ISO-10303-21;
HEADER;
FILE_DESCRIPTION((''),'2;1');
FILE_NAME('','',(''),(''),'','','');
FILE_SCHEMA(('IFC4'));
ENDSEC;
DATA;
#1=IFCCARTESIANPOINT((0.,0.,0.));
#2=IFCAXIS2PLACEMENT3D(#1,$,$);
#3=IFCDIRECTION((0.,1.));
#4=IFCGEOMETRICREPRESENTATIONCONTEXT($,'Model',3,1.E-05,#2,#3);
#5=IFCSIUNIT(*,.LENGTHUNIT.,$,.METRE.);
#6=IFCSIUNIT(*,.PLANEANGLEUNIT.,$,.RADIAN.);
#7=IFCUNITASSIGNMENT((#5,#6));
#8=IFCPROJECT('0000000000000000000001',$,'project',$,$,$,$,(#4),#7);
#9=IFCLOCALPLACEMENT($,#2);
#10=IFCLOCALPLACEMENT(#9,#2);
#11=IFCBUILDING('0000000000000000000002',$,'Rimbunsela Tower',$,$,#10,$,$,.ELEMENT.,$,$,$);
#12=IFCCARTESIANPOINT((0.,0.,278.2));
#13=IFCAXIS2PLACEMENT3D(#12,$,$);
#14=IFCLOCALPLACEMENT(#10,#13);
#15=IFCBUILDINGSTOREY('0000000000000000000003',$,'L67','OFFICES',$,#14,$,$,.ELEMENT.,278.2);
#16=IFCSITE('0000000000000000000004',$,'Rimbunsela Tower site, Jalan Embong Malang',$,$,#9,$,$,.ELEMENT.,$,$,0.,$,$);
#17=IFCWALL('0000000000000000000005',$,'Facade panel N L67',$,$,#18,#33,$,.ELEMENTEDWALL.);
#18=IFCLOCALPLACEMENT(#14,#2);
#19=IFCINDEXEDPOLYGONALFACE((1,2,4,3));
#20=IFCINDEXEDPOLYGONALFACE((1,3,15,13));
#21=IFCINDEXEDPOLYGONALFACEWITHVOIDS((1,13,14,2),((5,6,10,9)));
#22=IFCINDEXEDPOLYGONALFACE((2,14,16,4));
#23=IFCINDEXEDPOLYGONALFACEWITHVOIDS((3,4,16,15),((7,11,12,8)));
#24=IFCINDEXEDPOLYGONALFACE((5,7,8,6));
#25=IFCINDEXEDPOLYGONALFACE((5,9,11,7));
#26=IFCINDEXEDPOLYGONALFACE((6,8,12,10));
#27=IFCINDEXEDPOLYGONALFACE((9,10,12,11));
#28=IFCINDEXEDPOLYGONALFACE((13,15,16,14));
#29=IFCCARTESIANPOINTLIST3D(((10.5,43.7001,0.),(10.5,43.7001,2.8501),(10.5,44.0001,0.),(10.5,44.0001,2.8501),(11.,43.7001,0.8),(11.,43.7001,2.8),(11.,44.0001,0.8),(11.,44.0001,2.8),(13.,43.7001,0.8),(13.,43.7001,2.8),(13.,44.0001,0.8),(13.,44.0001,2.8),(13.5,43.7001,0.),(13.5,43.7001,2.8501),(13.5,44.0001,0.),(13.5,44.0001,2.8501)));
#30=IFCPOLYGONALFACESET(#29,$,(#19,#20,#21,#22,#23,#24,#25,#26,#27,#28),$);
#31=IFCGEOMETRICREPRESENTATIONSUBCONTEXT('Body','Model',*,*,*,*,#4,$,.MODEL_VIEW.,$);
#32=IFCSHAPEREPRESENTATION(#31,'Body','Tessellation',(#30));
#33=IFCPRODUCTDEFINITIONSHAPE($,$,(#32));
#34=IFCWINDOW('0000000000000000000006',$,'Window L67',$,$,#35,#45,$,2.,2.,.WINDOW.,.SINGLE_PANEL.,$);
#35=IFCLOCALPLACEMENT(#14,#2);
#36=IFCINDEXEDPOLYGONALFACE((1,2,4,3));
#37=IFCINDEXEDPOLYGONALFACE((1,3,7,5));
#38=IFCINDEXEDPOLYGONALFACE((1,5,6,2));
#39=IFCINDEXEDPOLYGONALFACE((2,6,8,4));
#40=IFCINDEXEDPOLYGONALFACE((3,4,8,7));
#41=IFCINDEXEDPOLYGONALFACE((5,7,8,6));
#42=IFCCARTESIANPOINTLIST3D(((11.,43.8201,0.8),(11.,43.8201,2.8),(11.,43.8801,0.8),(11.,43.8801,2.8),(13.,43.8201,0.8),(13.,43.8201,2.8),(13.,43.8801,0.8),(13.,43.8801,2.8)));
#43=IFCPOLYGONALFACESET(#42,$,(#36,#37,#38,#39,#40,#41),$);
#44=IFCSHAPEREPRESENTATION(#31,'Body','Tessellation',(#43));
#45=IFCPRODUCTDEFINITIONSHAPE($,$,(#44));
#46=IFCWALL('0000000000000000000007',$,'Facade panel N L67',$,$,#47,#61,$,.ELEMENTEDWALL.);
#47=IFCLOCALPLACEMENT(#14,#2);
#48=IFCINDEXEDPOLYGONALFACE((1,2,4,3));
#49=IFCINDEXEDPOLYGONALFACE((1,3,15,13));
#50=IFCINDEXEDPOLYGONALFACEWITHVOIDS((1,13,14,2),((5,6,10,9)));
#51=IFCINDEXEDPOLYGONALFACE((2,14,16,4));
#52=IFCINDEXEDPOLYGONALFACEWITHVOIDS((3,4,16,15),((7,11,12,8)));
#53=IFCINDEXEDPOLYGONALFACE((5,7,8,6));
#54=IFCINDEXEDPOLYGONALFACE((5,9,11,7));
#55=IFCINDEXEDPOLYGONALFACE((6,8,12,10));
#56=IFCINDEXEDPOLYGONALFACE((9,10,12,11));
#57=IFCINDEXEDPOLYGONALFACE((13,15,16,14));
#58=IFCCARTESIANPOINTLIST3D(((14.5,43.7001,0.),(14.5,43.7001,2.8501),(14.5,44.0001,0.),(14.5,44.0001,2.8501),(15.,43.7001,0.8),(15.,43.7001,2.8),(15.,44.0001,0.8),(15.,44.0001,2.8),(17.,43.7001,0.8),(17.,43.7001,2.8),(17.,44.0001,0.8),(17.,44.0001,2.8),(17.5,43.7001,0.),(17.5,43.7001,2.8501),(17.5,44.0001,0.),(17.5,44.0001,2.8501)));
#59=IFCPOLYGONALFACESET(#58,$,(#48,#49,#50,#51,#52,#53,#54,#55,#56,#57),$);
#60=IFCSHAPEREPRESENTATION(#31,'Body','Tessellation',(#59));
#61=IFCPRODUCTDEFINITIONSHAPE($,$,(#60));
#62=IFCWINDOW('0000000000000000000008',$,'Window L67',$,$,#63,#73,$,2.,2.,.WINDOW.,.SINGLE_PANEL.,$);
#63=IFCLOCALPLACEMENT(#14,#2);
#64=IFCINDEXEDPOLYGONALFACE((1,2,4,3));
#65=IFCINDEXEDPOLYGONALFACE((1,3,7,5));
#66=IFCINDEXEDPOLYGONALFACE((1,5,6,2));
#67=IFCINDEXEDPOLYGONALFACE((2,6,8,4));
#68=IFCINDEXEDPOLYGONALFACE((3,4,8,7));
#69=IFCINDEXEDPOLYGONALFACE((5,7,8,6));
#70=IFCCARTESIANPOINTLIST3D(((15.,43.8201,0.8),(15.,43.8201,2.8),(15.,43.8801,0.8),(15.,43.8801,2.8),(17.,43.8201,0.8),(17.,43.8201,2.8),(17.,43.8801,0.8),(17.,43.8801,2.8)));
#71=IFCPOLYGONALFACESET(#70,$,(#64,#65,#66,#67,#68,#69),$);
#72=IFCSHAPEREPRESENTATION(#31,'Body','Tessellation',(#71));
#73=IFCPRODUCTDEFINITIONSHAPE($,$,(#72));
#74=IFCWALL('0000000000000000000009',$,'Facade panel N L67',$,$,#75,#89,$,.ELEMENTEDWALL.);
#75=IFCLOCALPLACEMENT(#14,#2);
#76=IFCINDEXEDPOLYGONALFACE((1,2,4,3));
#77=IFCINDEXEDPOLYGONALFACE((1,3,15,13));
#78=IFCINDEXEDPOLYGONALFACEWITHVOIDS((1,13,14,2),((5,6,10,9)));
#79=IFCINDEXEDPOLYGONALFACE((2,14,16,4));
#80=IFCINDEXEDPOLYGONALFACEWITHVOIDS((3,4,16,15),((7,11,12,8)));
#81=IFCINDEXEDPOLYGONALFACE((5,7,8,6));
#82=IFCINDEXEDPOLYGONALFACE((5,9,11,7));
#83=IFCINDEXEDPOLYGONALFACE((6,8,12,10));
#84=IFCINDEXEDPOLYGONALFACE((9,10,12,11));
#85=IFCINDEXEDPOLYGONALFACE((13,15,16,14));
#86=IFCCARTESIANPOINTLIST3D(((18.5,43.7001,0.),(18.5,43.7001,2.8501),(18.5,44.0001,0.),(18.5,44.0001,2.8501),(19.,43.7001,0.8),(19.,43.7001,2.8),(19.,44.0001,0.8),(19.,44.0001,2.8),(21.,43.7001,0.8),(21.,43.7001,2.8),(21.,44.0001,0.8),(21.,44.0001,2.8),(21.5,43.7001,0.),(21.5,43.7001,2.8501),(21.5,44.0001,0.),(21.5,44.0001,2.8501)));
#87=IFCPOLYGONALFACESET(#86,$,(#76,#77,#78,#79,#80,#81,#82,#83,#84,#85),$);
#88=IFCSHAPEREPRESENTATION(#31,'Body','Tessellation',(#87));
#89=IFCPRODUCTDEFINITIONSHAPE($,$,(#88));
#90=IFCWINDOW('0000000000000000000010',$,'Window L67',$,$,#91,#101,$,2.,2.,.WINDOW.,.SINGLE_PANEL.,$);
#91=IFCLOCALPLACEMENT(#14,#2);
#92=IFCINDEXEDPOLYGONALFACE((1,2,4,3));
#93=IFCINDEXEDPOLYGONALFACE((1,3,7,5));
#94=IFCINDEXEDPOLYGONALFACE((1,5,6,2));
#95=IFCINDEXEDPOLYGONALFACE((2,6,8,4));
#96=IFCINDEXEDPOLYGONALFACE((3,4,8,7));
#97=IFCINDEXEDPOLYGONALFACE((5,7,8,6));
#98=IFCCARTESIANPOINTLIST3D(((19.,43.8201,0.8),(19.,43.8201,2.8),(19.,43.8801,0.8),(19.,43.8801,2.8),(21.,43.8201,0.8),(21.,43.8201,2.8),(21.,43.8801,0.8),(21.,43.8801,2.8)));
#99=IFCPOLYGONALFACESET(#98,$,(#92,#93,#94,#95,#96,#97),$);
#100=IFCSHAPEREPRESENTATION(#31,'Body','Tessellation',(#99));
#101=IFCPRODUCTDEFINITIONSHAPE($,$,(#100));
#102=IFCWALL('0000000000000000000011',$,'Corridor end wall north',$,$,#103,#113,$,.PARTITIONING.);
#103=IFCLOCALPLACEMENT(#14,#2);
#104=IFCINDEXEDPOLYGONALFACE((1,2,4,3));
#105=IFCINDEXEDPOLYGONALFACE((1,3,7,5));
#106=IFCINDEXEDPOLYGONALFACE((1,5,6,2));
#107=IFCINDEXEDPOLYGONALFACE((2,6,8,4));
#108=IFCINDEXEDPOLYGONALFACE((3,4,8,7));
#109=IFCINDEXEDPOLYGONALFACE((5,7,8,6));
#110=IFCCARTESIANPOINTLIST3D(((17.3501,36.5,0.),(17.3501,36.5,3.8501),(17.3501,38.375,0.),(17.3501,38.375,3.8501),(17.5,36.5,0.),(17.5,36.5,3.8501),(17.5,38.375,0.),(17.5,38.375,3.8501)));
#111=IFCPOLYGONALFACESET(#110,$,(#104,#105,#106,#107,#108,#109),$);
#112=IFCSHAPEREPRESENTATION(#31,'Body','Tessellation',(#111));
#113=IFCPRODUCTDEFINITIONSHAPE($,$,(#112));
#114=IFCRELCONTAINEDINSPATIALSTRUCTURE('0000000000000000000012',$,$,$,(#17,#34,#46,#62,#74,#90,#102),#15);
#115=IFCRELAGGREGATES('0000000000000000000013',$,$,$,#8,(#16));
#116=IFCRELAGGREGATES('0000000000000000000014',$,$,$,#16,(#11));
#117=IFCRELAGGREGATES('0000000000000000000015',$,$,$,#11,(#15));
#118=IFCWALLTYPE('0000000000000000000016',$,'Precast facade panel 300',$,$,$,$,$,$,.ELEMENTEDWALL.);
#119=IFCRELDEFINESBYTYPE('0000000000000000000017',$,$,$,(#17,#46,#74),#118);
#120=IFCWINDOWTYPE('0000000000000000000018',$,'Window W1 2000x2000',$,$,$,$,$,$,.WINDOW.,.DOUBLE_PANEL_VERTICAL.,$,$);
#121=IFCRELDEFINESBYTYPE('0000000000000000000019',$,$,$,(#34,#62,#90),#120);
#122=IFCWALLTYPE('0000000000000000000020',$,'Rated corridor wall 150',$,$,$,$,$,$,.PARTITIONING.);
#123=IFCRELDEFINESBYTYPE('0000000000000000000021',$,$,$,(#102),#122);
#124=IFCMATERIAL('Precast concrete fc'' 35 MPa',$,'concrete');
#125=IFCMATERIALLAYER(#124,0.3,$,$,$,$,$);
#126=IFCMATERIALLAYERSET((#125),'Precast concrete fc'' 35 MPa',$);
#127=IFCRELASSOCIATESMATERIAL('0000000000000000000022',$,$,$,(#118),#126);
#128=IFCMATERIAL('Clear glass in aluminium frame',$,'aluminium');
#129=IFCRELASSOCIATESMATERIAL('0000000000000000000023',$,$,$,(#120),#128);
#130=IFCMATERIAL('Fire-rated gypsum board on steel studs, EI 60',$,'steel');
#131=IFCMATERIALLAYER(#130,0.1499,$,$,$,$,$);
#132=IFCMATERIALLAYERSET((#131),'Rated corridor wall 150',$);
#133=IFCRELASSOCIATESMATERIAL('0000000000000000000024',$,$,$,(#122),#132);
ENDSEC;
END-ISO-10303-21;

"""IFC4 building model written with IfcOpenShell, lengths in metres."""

from ifc_helpers import new_model, si_unit, direction, frame, frame_2d, origin, place, context, subcontext, project, spatial, rectangle, extrude, material, layer, layer_set, type_object, element, fill, save


model = new_model("IFC4")

# Units and contexts
model_context = context("Model", 3, precision=1e-05, world=origin(), true_north=direction((0.0, 1.0)))
body_context = subcontext(model_context, "Body", "Model", "MODEL_VIEW")
ifc_project = project(units=[si_unit("LENGTHUNIT", "METRE"), si_unit("PLANEANGLEUNIT", "RADIAN")], contexts=[model_context])

# Site, building, storey
site_placement = place(None, origin())
site = spatial("IfcSite", under=ifc_project, at=site_placement, Name="Rimbunsela Tower site, Jalan Embong Malang", CompositionType="ELEMENT", RefElevation=0.0)
building_placement = place(site_placement, origin())
building = spatial("IfcBuilding", under=site, at=building_placement, Name="Rimbunsela Tower", CompositionType="ELEMENT")
storey_placement = place(building_placement, frame((0.0, 0.0, 278.2)))
storey = spatial("IfcBuildingStorey", under=building, at=storey_placement, Name="L67", Description="OFFICES", CompositionType="ELEMENT", Elevation=278.2)

# Walls, openings, windows
ifc_material_1 = material(Name="Precast concrete fc' 35 MPa", Category="concrete")
ifc_layer_1 = layer(ifc_material_1, 0.3)
ifc_layer_set_1 = layer_set([ifc_layer_1], Name="Precast concrete fc' 35 MPa")
wall_type_1 = type_object("IfcWallType", Name="Precast facade panel 300", PredefinedType="ELEMENTEDWALL", material=ifc_layer_set_1)
wall_1_placement = place(storey_placement, frame((13.5, 43.8501, 0.0), z_axis=(0.0, 0.0, 1.0), x_axis=(-1.0, 0.0, 0.0)))
wall_1 = element("IfcWall", 1, at=wall_1_placement, inside=storey, type_object=wall_type_1, Name="Facade panel N L67", PredefinedType="ELEMENTEDWALL", context=body_context, shape_type="SweptSolid", body=[
    extrude(rectangle(XDim=3.0, YDim=0.3, at=frame_2d((1.5, 0.0))), origin(), (0.0, 0.0, 1.0), 2.8501),
])
opening_1_placement = place(wall_1_placement, frame((0.5, 0.0, 0.8)))
opening_1 = element("IfcOpeningElement", 2, at=opening_1_placement, cuts=wall_1, PredefinedType="OPENING", context=body_context, shape_type="SweptSolid", body=[
    extrude(rectangle(XDim=2.0, YDim=2.0, at=frame_2d((1.0, 1.0))), frame((0.0, 0.1599, 0.0), z_axis=(0.0, -1.0, 0.0), x_axis=(1.0, 0.0, 0.0)), (0.0, 0.0, 1.0), 0.3201),
])
ifc_material_2 = material(Name="Clear glass in aluminium frame", Category="aluminium")
window_type = type_object("IfcWindowType", Name="Window W1 2000x2000", PartitioningType="DOUBLE_PANEL_VERTICAL", PredefinedType="WINDOW", material=ifc_material_2)
window_1_placement = place(opening_1_placement, origin())
window_1 = element("IfcWindow", 3, at=window_1_placement, inside=storey, type_object=window_type, Name="Window L67", OverallHeight=2.0, OverallWidth=2.0, PartitioningType="SINGLE_PANEL", PredefinedType="WINDOW", context=body_context, shape_type="SweptSolid", body=[
    extrude(rectangle(XDim=2.0, YDim=2.0, at=frame_2d((1.0, 1.0))), frame((0.0, 0.03, 0.0), z_axis=(0.0, -1.0, 0.0), x_axis=(1.0, 0.0, 0.0)), (0.0, 0.0, 1.0), 0.0601),
])
fill(opening_1, window_1)
wall_2_placement = place(storey_placement, frame((17.5, 43.8501, 0.0), z_axis=(0.0, 0.0, 1.0), x_axis=(-1.0, 0.0, 0.0)))
wall_2 = element("IfcWall", 4, at=wall_2_placement, inside=storey, type_object=wall_type_1, Name="Facade panel N L67", PredefinedType="ELEMENTEDWALL", context=body_context, shape_type="SweptSolid", body=[
    extrude(rectangle(XDim=3.0, YDim=0.3, at=frame_2d((1.5, 0.0))), origin(), (0.0, 0.0, 1.0), 2.8501),
])
opening_2_placement = place(wall_2_placement, frame((0.5, 0.0, 0.8)))
opening_2 = element("IfcOpeningElement", 5, at=opening_2_placement, cuts=wall_2, PredefinedType="OPENING", context=body_context, shape_type="SweptSolid", body=[
    extrude(rectangle(XDim=2.0, YDim=2.0, at=frame_2d((1.0, 1.0))), frame((0.0, 0.1599, 0.0), z_axis=(0.0, -1.0, 0.0), x_axis=(1.0, 0.0, 0.0)), (0.0, 0.0, 1.0), 0.3201),
])
window_2_placement = place(opening_2_placement, origin())
window_2 = element("IfcWindow", 6, at=window_2_placement, inside=storey, type_object=window_type, Name="Window L67", OverallHeight=2.0, OverallWidth=2.0, PartitioningType="SINGLE_PANEL", PredefinedType="WINDOW", context=body_context, shape_type="SweptSolid", body=[
    extrude(rectangle(XDim=2.0, YDim=2.0, at=frame_2d((1.0, 1.0))), frame((0.0, 0.03, 0.0), z_axis=(0.0, -1.0, 0.0), x_axis=(1.0, 0.0, 0.0)), (0.0, 0.0, 1.0), 0.0601),
])
fill(opening_2, window_2)
wall_3_placement = place(storey_placement, frame((21.5, 43.8501, 0.0), z_axis=(0.0, 0.0, 1.0), x_axis=(-1.0, 0.0, 0.0)))
wall_3 = element("IfcWall", 7, at=wall_3_placement, inside=storey, type_object=wall_type_1, Name="Facade panel N L67", PredefinedType="ELEMENTEDWALL", context=body_context, shape_type="SweptSolid", body=[
    extrude(rectangle(XDim=3.0, YDim=0.3, at=frame_2d((1.5, 0.0))), origin(), (0.0, 0.0, 1.0), 2.8501),
])
opening_3_placement = place(wall_3_placement, frame((0.5, 0.0, 0.8)))
opening_3 = element("IfcOpeningElement", 8, at=opening_3_placement, cuts=wall_3, PredefinedType="OPENING", context=body_context, shape_type="SweptSolid", body=[
    extrude(rectangle(XDim=2.0, YDim=2.0, at=frame_2d((1.0, 1.0))), frame((0.0, 0.1599, 0.0), z_axis=(0.0, -1.0, 0.0), x_axis=(1.0, 0.0, 0.0)), (0.0, 0.0, 1.0), 0.3201),
])
window_3_placement = place(opening_3_placement, origin())
window_3 = element("IfcWindow", 9, at=window_3_placement, inside=storey, type_object=window_type, Name="Window L67", OverallHeight=2.0, OverallWidth=2.0, PartitioningType="SINGLE_PANEL", PredefinedType="WINDOW", context=body_context, shape_type="SweptSolid", body=[
    extrude(rectangle(XDim=2.0, YDim=2.0, at=frame_2d((1.0, 1.0))), frame((0.0, 0.03, 0.0), z_axis=(0.0, -1.0, 0.0), x_axis=(1.0, 0.0, 0.0)), (0.0, 0.0, 1.0), 0.0601),
])
fill(opening_3, window_3)

# Wall
ifc_material_3 = material(Name="Fire-rated gypsum board on steel studs, EI 60", Category="steel")
ifc_layer_2 = layer(ifc_material_3, 0.1499)
ifc_layer_set_2 = layer_set([ifc_layer_2], Name="Rated corridor wall 150")
wall_type_2 = type_object("IfcWallType", Name="Rated corridor wall 150", PredefinedType="PARTITIONING", material=ifc_layer_set_2)
wall_4_placement = place(storey_placement, frame((17.425, 36.5, 0.0), z_axis=(0.0, 0.0, 1.0), x_axis=(0.0, 1.0, 0.0)))
element("IfcWall", 10, at=wall_4_placement, inside=storey, type_object=wall_type_2, Name="Corridor end wall north", PredefinedType="PARTITIONING", context=body_context, shape_type="SweptSolid", body=[
    extrude(rectangle(XDim=1.875, YDim=0.1499, at=frame_2d((0.9375, 0.0))), origin(), (0.0, 0.0, 1.0), 3.8501),
])

save(model, "model.ifc")
